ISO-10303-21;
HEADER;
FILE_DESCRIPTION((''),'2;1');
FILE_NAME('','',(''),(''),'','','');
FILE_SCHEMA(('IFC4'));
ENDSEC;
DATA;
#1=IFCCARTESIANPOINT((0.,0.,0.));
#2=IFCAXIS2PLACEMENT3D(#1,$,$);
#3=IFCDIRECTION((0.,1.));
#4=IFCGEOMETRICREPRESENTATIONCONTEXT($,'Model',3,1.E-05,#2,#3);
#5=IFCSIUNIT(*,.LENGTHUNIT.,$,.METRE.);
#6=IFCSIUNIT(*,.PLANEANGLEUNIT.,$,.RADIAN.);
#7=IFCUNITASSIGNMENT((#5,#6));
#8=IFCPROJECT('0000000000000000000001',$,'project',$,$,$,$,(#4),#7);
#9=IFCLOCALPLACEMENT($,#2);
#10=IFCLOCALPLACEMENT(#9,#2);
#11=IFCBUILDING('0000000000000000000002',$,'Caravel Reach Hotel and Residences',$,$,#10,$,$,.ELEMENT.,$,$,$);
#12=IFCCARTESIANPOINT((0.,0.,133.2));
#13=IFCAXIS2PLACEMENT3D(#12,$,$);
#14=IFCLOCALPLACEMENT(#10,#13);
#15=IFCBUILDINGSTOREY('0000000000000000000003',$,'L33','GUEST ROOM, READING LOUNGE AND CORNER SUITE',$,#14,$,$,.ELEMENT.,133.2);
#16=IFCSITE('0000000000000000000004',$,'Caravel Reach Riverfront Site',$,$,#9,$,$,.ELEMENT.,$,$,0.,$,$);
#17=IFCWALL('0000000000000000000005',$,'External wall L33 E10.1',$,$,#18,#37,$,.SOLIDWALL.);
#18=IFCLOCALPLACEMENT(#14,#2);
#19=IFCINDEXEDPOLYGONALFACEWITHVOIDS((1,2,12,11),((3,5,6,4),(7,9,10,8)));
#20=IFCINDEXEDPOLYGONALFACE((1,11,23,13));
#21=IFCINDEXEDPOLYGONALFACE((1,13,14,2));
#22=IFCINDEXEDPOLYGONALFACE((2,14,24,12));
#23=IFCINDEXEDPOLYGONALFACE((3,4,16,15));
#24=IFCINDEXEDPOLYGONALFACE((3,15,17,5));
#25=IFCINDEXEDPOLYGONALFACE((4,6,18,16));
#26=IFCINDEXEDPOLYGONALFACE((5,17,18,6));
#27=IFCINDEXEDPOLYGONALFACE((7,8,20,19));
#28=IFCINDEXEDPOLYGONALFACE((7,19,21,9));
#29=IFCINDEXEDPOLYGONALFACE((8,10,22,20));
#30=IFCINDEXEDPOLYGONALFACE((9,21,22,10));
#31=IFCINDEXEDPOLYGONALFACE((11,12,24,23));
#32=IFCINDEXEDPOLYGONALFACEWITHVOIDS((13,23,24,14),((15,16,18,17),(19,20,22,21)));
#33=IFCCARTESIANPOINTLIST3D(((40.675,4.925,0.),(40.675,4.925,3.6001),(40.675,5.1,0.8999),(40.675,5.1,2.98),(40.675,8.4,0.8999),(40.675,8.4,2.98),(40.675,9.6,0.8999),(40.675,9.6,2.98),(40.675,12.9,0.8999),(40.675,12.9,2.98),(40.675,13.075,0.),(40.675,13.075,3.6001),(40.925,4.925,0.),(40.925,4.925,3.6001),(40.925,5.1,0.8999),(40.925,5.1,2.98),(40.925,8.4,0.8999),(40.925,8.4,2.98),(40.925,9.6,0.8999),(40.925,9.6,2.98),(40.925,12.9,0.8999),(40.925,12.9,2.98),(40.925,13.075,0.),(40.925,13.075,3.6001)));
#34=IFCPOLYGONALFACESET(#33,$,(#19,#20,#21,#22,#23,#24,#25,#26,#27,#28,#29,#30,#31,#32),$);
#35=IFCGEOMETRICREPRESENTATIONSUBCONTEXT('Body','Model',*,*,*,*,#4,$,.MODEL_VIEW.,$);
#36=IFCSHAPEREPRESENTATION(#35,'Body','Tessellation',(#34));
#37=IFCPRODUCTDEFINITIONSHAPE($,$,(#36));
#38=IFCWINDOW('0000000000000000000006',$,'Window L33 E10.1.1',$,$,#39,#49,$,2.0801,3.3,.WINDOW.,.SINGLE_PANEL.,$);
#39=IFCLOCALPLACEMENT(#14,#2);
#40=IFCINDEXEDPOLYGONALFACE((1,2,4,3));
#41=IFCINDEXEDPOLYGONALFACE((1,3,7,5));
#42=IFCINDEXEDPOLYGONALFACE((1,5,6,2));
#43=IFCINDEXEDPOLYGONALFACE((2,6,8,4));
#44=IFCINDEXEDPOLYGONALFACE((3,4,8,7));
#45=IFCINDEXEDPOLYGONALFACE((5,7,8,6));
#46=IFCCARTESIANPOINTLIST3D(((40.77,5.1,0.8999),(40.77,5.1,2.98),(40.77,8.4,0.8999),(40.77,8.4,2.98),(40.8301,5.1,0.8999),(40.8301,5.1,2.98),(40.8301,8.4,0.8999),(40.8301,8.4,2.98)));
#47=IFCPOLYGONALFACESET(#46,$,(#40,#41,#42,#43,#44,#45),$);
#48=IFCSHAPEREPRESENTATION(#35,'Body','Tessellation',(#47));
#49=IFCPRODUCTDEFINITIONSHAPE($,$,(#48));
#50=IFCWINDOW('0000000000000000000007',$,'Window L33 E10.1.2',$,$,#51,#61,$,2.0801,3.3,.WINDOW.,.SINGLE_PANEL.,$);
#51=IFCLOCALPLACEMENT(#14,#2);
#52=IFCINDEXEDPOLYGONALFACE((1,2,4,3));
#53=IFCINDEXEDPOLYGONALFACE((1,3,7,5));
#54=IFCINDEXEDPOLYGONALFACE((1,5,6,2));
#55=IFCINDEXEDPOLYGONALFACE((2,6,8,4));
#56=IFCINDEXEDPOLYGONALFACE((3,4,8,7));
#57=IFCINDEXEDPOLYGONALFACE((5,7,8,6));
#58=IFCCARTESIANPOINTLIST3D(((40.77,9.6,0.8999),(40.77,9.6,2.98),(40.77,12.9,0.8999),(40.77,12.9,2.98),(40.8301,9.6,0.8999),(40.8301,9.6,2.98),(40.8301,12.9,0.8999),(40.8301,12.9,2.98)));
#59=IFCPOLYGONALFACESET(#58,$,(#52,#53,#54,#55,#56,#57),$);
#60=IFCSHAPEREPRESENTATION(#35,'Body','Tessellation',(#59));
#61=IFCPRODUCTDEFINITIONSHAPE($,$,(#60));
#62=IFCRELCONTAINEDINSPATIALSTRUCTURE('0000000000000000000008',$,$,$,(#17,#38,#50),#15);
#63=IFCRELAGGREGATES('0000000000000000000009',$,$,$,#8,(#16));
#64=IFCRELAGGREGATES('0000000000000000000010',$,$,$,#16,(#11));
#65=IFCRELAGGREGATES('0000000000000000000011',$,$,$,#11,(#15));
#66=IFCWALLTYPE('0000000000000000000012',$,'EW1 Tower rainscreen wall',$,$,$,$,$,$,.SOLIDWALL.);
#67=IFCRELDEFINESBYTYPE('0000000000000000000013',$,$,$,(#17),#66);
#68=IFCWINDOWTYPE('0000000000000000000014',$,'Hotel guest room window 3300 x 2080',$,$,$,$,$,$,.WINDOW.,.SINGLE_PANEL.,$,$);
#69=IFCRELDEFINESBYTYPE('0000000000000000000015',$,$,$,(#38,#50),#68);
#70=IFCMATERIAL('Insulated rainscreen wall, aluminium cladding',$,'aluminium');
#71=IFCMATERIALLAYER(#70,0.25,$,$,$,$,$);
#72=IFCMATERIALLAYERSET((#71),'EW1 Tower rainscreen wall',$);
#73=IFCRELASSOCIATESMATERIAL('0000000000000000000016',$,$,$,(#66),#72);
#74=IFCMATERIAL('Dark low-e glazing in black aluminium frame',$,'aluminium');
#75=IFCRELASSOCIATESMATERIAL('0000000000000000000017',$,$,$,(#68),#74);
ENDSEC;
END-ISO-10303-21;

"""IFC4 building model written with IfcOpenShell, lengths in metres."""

from ifc_helpers import new_model, si_unit, direction, frame, frame_2d, origin, place, context, subcontext, project, spatial, rectangle, extrude, material, layer, layer_set, type_object, element, fill, save


model = new_model("IFC4")

# Units and contexts
model_context = context("Model", 3, precision=1e-05, world=origin(), true_north=direction((0.0, 1.0)))
body_context = subcontext(model_context, "Body", "Model", "MODEL_VIEW")
ifc_project = project(units=[si_unit("LENGTHUNIT", "METRE"), si_unit("PLANEANGLEUNIT", "RADIAN")], contexts=[model_context])

# Site, building, storey
site_placement = place(None, origin())
site = spatial("IfcSite", under=ifc_project, at=site_placement, Name="Caravel Reach Riverfront Site", CompositionType="ELEMENT", RefElevation=0.0)
building_placement = place(site_placement, origin())
building = spatial("IfcBuilding", under=site, at=building_placement, Name="Caravel Reach Hotel and Residences", CompositionType="ELEMENT")
storey_placement = place(building_placement, frame((0.0, 0.0, 133.2)))
storey = spatial("IfcBuildingStorey", under=building, at=storey_placement, Name="L33", Description="GUEST ROOM, READING LOUNGE AND CORNER SUITE", CompositionType="ELEMENT", Elevation=133.2)

# Shared definitions
ifc_material_1 = material(Name="Insulated rainscreen wall, aluminium cladding", Category="aluminium")
ifc_layer = layer(ifc_material_1, 0.25)
ifc_layer_set = layer_set([ifc_layer], Name="EW1 Tower rainscreen wall")
wall_type = type_object("IfcWallType", Name="EW1 Tower rainscreen wall", PredefinedType="SOLIDWALL", material=ifc_layer_set)

# Wall, openings, windows
wall_1_placement = place(storey_placement, frame((40.8, 4.925, 0.0), z_axis=(0.0, 0.0, 1.0), x_axis=(0.0, 1.0, 0.0)))
wall_1 = element("IfcWall", 1, at=wall_1_placement, inside=storey, type_object=wall_type, Name="External wall L33 E10.1", PredefinedType="SOLIDWALL", context=body_context, shape_type="SweptSolid", body=[
    extrude(rectangle(XDim=8.1499, YDim=0.25, at=frame_2d((4.075, 0.0))), origin(), (0.0, 0.0, 1.0), 3.6001),
])
opening_1_placement = place(wall_1_placement, frame((0.175, 0.0, 0.8999)))
opening_1 = element("IfcOpeningElement", 2, at=opening_1_placement, cuts=wall_1, PredefinedType="OPENING", context=body_context, shape_type="SweptSolid", body=[
    extrude(rectangle(XDim=3.3, YDim=2.0801, at=frame_2d((1.6499, 1.04))), frame((0.0, 0.135, 0.0), z_axis=(0.0, -1.0, 0.0), x_axis=(1.0, 0.0, 0.0)), (0.0, 0.0, 1.0), 0.27),
])
opening_2_placement = place(wall_1_placement, frame((4.675, 0.0, 0.8999)))
opening_2 = element("IfcOpeningElement", 3, at=opening_2_placement, cuts=wall_1, PredefinedType="OPENING", context=body_context, shape_type="SweptSolid", body=[
    extrude(rectangle(XDim=3.3, YDim=2.0801, at=frame_2d((1.6499, 1.04))), frame((0.0, 0.135, 0.0), z_axis=(0.0, -1.0, 0.0), x_axis=(1.0, 0.0, 0.0)), (0.0, 0.0, 1.0), 0.27),
])
ifc_material_2 = material(Name="Dark low-e glazing in black aluminium frame", Category="aluminium")
window_type_1 = type_object("IfcWindowType", Name="Hotel guest room window 3300 x 2080", PartitioningType="SINGLE_PANEL", PredefinedType="WINDOW", material=ifc_material_2)
window_1_placement = place(opening_1_placement, origin())
window_1 = element("IfcWindow", 4, at=window_1_placement, inside=storey, type_object=window_type_1, Name="Window L33 E10.1.1", OverallHeight=2.0801, OverallWidth=3.3, PartitioningType="SINGLE_PANEL", PredefinedType="WINDOW", context=body_context, shape_type="SweptSolid", body=[
    extrude(rectangle(XDim=3.3, YDim=2.0801, at=frame_2d((1.6499, 1.04))), frame((0.0, 0.03, 0.0), z_axis=(0.0, -1.0, 0.0), x_axis=(1.0, 0.0, 0.0)), (0.0, 0.0, 1.0), 0.0601),
])
fill(opening_1, window_1)
window_2_placement = place(opening_2_placement, origin())
window_2 = element("IfcWindow", 5, at=window_2_placement, inside=storey, type_object=window_type_1, Name="Window L33 E10.1.2", OverallHeight=2.0801, OverallWidth=3.3, PartitioningType="SINGLE_PANEL", PredefinedType="WINDOW", context=body_context, shape_type="SweptSolid", body=[
    extrude(rectangle(XDim=3.3, YDim=2.0801, at=frame_2d((1.6499, 1.04))), frame((0.0, 0.03, 0.0), z_axis=(0.0, -1.0, 0.0), x_axis=(1.0, 0.0, 0.0)), (0.0, 0.0, 1.0), 0.0601),
])
fill(opening_2, window_2)

save(model, "model.ifc")
